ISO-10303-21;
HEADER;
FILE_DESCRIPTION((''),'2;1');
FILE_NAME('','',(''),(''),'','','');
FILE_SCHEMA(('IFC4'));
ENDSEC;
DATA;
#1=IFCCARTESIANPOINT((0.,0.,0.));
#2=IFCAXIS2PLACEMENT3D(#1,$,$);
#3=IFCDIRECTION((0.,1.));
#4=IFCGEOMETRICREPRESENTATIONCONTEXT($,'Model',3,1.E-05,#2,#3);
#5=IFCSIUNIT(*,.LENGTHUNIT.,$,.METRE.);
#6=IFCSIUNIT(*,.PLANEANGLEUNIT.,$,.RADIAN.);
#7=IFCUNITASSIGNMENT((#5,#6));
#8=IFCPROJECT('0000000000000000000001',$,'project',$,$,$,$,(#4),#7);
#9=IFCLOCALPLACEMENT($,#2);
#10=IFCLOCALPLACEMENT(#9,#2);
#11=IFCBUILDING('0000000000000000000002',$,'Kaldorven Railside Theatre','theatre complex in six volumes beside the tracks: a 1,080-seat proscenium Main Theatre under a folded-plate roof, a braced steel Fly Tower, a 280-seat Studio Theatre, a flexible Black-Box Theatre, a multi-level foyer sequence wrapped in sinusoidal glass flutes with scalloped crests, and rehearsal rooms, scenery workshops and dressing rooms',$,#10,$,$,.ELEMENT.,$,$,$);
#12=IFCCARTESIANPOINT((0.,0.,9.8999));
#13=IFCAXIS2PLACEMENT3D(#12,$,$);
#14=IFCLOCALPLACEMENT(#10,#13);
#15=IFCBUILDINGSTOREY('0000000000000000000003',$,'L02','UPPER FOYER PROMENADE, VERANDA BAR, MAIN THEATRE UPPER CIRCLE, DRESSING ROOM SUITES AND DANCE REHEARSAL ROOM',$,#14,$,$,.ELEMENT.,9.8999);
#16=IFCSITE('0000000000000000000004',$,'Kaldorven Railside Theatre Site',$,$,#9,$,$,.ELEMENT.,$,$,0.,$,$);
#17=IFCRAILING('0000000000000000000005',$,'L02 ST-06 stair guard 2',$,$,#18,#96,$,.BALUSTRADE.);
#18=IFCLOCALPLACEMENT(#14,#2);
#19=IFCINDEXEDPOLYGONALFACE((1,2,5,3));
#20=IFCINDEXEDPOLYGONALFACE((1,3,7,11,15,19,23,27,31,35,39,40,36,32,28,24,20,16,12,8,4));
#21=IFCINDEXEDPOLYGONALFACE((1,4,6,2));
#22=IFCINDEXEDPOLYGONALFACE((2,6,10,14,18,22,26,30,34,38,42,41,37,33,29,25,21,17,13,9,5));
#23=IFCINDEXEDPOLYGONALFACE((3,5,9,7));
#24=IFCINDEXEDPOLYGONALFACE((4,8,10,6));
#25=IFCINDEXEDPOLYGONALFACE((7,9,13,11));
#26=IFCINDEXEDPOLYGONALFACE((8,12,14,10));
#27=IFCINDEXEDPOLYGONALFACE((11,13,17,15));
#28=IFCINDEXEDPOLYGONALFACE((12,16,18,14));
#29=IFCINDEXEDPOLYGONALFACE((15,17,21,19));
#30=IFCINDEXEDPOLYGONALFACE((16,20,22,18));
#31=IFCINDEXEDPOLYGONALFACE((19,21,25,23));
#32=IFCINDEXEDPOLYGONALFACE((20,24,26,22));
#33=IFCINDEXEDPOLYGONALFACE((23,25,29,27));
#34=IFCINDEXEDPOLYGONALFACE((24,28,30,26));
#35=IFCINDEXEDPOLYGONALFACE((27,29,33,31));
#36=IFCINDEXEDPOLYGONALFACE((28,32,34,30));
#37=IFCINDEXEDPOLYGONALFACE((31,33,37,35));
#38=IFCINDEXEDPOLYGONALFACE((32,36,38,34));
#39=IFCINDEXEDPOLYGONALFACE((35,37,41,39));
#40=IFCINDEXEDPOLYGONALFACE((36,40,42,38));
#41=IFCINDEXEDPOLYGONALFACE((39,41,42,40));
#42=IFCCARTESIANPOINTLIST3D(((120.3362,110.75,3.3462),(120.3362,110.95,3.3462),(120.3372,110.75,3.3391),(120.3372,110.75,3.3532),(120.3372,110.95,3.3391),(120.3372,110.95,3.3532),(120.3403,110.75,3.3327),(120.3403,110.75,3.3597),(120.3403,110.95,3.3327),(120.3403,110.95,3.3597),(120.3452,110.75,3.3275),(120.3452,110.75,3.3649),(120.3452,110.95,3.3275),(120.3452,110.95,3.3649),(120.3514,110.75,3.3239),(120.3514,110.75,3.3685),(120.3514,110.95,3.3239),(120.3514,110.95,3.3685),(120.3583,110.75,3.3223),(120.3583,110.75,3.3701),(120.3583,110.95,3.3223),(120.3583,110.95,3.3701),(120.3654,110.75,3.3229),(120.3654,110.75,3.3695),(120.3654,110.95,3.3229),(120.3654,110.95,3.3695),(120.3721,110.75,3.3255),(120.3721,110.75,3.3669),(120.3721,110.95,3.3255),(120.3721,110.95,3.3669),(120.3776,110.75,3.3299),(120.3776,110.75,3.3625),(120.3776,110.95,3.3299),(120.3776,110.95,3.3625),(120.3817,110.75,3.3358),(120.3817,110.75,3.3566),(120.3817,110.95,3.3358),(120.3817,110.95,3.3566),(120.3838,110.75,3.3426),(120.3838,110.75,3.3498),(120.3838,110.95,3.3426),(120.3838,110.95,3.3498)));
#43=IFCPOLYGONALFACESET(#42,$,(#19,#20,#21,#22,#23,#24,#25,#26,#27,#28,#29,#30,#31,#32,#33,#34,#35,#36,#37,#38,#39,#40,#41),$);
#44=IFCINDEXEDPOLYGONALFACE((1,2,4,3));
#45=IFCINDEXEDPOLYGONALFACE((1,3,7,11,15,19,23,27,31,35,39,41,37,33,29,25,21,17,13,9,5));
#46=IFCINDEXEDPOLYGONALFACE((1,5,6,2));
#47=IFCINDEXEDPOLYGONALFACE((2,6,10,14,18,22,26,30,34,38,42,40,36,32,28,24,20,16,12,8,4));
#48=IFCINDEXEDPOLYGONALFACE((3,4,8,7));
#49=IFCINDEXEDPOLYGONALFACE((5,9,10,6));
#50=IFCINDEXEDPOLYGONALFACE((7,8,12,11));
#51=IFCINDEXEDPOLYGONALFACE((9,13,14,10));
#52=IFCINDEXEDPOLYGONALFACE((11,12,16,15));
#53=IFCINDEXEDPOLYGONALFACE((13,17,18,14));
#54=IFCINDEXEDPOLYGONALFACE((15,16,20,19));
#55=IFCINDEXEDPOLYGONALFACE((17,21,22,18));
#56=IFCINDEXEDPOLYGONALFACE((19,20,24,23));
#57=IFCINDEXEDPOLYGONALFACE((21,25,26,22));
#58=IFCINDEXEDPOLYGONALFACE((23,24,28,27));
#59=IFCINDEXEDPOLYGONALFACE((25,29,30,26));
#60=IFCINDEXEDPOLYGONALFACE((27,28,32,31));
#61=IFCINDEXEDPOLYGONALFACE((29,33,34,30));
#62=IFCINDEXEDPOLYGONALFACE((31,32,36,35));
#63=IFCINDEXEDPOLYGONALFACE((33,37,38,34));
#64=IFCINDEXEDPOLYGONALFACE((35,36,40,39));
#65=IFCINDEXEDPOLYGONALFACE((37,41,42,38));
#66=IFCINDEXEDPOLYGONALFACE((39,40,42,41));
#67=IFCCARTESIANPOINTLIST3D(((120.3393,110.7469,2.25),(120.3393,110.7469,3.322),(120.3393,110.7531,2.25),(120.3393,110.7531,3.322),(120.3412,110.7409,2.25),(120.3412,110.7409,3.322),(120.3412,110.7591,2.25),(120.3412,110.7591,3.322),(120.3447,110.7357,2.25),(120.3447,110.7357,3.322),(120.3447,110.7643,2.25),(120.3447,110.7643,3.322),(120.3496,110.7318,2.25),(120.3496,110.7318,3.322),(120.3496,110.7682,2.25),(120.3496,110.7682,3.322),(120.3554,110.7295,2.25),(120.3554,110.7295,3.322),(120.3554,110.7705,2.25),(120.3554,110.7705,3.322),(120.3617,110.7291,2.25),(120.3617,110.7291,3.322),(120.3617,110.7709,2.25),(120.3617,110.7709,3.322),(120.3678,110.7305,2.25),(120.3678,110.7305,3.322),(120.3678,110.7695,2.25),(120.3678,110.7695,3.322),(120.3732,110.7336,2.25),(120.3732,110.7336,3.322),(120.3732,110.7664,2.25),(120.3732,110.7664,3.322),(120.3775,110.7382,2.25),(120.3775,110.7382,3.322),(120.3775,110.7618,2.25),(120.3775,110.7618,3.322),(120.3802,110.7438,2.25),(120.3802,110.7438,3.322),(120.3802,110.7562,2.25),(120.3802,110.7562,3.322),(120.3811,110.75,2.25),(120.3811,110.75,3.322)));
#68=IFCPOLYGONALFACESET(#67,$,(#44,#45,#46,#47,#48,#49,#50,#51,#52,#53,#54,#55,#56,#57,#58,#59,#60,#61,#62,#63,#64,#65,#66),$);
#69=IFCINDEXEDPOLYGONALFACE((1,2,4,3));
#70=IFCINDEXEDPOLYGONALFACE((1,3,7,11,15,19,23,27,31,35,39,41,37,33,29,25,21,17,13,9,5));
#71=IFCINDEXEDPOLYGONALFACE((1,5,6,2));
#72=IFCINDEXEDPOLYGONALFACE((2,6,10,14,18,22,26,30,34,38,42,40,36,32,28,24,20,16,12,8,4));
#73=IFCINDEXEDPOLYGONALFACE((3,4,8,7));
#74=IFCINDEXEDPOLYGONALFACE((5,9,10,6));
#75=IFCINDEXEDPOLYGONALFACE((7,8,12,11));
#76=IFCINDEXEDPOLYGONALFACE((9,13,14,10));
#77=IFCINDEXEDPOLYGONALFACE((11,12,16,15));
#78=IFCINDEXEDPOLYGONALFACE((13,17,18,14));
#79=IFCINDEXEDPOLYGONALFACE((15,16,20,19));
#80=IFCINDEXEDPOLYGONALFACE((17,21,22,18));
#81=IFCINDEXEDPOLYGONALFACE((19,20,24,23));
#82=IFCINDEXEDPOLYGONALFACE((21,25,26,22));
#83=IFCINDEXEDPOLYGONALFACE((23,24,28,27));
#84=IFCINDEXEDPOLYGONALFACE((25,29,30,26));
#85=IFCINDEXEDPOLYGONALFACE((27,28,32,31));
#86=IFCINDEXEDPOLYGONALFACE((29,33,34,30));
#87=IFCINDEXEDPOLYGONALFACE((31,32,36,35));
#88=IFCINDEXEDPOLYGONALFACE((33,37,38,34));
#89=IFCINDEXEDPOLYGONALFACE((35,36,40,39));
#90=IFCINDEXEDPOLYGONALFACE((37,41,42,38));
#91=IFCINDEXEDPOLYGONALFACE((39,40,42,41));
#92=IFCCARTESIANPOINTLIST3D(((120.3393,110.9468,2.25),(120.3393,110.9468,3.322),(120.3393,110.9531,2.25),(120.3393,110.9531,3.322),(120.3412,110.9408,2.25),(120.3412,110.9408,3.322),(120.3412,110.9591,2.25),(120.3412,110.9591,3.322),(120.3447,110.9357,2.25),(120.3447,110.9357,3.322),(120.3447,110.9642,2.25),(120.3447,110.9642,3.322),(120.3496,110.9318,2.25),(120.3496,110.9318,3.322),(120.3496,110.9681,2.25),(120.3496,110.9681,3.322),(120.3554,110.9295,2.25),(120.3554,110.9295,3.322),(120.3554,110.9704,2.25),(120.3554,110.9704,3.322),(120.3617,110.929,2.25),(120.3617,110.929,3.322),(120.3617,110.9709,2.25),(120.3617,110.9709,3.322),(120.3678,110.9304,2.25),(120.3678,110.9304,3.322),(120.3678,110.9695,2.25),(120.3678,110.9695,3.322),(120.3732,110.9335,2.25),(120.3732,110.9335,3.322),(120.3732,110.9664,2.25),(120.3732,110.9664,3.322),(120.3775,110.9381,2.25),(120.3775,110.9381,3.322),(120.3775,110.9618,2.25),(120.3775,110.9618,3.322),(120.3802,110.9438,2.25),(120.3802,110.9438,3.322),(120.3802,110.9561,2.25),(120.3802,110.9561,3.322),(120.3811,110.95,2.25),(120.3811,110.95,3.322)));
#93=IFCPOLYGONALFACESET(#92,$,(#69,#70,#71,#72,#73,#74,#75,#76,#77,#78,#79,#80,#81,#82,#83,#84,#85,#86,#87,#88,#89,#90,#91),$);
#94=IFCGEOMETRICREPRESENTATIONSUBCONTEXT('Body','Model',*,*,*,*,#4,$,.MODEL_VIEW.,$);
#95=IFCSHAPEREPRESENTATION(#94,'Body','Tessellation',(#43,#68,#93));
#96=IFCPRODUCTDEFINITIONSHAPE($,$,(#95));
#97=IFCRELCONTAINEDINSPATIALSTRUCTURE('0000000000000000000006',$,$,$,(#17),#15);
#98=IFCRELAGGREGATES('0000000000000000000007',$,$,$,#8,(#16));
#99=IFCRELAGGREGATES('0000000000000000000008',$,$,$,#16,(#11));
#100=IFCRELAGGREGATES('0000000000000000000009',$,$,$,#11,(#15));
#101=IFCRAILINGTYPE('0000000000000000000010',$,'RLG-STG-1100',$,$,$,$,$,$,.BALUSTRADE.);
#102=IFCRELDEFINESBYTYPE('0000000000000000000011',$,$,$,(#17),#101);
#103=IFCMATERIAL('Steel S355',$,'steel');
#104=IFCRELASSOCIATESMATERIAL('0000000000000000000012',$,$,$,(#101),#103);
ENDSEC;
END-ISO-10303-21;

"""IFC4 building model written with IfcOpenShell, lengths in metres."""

from ifc_helpers import new_model, si_unit, direction, frame, origin, origin_2d, place, context, subcontext, project, spatial, circle, extrude, material, type_object, element, save


model = new_model("IFC4")

# Units and contexts
model_context = context("Model", 3, precision=1e-05, world=origin(), true_north=direction((0.0, 1.0)))
body_context = subcontext(model_context, "Body", "Model", "MODEL_VIEW")
ifc_project = project(units=[si_unit("LENGTHUNIT", "METRE"), si_unit("PLANEANGLEUNIT", "RADIAN")], contexts=[model_context])

# Site, building, storey
site_placement = place(None, origin())
site = spatial("IfcSite", under=ifc_project, at=site_placement, Name="Kaldorven Railside Theatre Site", CompositionType="ELEMENT", RefElevation=0.0)
building_placement = place(site_placement, origin())
building = spatial("IfcBuilding", under=site, at=building_placement, Name="Kaldorven Railside Theatre", Description="theatre complex in six volumes beside the tracks: a 1,080-seat proscenium Main Theatre under a folded-plate roof, a braced steel Fly Tower, a 280-seat Studio Theatre, a flexible Black-Box Theatre, a multi-level foyer sequence wrapped in sinusoidal glass flutes with scalloped crests, and rehearsal rooms, scenery workshops and dressing rooms", CompositionType="ELEMENT")
storey_placement = place(building_placement, frame((0.0, 0.0, 9.8999)))
storey = spatial("IfcBuildingStorey", under=building, at=storey_placement, Name="L02", Description="UPPER FOYER PROMENADE, VERANDA BAR, MAIN THEATRE UPPER CIRCLE, DRESSING ROOM SUITES AND DANCE REHEARSAL ROOM", CompositionType="ELEMENT", Elevation=9.8999)

# Shared definitions
ifc_material_1 = material(Name="Steel S355", Category="steel")

# Railing
railing_type_1 = type_object("IfcRailingType", Name="RLG-STG-1100", PredefinedType="BALUSTRADE", material=ifc_material_1)
railing_1_placement = place(storey_placement, frame((120.3601, 110.75, 2.25)))
element("IfcRailing", 1, at=railing_1_placement, inside=storey, type_object=railing_type_1, Name="L02 ST-06 stair guard 2", PredefinedType="BALUSTRADE", context=body_context, shape_type="SweptSolid", body=[
    extrude(circle(Radius=0.0239, at=origin_2d()), frame((0.0, 0.0, 1.0962), z_axis=(0.0, 1.0, 0.0), x_axis=(-1.0, 0.0, 0.0)), (0.0, 0.0, 1.0), 0.2),
    extrude(circle(Radius=0.021, at=origin_2d()), origin(), (0.0, 0.0, 1.0), 1.072),
    extrude(circle(Radius=0.021, at=origin_2d()), frame((0.0, 0.2, 0.0)), (0.0, 0.0, 1.0), 1.072),
])

save(model, "model.ifc")
